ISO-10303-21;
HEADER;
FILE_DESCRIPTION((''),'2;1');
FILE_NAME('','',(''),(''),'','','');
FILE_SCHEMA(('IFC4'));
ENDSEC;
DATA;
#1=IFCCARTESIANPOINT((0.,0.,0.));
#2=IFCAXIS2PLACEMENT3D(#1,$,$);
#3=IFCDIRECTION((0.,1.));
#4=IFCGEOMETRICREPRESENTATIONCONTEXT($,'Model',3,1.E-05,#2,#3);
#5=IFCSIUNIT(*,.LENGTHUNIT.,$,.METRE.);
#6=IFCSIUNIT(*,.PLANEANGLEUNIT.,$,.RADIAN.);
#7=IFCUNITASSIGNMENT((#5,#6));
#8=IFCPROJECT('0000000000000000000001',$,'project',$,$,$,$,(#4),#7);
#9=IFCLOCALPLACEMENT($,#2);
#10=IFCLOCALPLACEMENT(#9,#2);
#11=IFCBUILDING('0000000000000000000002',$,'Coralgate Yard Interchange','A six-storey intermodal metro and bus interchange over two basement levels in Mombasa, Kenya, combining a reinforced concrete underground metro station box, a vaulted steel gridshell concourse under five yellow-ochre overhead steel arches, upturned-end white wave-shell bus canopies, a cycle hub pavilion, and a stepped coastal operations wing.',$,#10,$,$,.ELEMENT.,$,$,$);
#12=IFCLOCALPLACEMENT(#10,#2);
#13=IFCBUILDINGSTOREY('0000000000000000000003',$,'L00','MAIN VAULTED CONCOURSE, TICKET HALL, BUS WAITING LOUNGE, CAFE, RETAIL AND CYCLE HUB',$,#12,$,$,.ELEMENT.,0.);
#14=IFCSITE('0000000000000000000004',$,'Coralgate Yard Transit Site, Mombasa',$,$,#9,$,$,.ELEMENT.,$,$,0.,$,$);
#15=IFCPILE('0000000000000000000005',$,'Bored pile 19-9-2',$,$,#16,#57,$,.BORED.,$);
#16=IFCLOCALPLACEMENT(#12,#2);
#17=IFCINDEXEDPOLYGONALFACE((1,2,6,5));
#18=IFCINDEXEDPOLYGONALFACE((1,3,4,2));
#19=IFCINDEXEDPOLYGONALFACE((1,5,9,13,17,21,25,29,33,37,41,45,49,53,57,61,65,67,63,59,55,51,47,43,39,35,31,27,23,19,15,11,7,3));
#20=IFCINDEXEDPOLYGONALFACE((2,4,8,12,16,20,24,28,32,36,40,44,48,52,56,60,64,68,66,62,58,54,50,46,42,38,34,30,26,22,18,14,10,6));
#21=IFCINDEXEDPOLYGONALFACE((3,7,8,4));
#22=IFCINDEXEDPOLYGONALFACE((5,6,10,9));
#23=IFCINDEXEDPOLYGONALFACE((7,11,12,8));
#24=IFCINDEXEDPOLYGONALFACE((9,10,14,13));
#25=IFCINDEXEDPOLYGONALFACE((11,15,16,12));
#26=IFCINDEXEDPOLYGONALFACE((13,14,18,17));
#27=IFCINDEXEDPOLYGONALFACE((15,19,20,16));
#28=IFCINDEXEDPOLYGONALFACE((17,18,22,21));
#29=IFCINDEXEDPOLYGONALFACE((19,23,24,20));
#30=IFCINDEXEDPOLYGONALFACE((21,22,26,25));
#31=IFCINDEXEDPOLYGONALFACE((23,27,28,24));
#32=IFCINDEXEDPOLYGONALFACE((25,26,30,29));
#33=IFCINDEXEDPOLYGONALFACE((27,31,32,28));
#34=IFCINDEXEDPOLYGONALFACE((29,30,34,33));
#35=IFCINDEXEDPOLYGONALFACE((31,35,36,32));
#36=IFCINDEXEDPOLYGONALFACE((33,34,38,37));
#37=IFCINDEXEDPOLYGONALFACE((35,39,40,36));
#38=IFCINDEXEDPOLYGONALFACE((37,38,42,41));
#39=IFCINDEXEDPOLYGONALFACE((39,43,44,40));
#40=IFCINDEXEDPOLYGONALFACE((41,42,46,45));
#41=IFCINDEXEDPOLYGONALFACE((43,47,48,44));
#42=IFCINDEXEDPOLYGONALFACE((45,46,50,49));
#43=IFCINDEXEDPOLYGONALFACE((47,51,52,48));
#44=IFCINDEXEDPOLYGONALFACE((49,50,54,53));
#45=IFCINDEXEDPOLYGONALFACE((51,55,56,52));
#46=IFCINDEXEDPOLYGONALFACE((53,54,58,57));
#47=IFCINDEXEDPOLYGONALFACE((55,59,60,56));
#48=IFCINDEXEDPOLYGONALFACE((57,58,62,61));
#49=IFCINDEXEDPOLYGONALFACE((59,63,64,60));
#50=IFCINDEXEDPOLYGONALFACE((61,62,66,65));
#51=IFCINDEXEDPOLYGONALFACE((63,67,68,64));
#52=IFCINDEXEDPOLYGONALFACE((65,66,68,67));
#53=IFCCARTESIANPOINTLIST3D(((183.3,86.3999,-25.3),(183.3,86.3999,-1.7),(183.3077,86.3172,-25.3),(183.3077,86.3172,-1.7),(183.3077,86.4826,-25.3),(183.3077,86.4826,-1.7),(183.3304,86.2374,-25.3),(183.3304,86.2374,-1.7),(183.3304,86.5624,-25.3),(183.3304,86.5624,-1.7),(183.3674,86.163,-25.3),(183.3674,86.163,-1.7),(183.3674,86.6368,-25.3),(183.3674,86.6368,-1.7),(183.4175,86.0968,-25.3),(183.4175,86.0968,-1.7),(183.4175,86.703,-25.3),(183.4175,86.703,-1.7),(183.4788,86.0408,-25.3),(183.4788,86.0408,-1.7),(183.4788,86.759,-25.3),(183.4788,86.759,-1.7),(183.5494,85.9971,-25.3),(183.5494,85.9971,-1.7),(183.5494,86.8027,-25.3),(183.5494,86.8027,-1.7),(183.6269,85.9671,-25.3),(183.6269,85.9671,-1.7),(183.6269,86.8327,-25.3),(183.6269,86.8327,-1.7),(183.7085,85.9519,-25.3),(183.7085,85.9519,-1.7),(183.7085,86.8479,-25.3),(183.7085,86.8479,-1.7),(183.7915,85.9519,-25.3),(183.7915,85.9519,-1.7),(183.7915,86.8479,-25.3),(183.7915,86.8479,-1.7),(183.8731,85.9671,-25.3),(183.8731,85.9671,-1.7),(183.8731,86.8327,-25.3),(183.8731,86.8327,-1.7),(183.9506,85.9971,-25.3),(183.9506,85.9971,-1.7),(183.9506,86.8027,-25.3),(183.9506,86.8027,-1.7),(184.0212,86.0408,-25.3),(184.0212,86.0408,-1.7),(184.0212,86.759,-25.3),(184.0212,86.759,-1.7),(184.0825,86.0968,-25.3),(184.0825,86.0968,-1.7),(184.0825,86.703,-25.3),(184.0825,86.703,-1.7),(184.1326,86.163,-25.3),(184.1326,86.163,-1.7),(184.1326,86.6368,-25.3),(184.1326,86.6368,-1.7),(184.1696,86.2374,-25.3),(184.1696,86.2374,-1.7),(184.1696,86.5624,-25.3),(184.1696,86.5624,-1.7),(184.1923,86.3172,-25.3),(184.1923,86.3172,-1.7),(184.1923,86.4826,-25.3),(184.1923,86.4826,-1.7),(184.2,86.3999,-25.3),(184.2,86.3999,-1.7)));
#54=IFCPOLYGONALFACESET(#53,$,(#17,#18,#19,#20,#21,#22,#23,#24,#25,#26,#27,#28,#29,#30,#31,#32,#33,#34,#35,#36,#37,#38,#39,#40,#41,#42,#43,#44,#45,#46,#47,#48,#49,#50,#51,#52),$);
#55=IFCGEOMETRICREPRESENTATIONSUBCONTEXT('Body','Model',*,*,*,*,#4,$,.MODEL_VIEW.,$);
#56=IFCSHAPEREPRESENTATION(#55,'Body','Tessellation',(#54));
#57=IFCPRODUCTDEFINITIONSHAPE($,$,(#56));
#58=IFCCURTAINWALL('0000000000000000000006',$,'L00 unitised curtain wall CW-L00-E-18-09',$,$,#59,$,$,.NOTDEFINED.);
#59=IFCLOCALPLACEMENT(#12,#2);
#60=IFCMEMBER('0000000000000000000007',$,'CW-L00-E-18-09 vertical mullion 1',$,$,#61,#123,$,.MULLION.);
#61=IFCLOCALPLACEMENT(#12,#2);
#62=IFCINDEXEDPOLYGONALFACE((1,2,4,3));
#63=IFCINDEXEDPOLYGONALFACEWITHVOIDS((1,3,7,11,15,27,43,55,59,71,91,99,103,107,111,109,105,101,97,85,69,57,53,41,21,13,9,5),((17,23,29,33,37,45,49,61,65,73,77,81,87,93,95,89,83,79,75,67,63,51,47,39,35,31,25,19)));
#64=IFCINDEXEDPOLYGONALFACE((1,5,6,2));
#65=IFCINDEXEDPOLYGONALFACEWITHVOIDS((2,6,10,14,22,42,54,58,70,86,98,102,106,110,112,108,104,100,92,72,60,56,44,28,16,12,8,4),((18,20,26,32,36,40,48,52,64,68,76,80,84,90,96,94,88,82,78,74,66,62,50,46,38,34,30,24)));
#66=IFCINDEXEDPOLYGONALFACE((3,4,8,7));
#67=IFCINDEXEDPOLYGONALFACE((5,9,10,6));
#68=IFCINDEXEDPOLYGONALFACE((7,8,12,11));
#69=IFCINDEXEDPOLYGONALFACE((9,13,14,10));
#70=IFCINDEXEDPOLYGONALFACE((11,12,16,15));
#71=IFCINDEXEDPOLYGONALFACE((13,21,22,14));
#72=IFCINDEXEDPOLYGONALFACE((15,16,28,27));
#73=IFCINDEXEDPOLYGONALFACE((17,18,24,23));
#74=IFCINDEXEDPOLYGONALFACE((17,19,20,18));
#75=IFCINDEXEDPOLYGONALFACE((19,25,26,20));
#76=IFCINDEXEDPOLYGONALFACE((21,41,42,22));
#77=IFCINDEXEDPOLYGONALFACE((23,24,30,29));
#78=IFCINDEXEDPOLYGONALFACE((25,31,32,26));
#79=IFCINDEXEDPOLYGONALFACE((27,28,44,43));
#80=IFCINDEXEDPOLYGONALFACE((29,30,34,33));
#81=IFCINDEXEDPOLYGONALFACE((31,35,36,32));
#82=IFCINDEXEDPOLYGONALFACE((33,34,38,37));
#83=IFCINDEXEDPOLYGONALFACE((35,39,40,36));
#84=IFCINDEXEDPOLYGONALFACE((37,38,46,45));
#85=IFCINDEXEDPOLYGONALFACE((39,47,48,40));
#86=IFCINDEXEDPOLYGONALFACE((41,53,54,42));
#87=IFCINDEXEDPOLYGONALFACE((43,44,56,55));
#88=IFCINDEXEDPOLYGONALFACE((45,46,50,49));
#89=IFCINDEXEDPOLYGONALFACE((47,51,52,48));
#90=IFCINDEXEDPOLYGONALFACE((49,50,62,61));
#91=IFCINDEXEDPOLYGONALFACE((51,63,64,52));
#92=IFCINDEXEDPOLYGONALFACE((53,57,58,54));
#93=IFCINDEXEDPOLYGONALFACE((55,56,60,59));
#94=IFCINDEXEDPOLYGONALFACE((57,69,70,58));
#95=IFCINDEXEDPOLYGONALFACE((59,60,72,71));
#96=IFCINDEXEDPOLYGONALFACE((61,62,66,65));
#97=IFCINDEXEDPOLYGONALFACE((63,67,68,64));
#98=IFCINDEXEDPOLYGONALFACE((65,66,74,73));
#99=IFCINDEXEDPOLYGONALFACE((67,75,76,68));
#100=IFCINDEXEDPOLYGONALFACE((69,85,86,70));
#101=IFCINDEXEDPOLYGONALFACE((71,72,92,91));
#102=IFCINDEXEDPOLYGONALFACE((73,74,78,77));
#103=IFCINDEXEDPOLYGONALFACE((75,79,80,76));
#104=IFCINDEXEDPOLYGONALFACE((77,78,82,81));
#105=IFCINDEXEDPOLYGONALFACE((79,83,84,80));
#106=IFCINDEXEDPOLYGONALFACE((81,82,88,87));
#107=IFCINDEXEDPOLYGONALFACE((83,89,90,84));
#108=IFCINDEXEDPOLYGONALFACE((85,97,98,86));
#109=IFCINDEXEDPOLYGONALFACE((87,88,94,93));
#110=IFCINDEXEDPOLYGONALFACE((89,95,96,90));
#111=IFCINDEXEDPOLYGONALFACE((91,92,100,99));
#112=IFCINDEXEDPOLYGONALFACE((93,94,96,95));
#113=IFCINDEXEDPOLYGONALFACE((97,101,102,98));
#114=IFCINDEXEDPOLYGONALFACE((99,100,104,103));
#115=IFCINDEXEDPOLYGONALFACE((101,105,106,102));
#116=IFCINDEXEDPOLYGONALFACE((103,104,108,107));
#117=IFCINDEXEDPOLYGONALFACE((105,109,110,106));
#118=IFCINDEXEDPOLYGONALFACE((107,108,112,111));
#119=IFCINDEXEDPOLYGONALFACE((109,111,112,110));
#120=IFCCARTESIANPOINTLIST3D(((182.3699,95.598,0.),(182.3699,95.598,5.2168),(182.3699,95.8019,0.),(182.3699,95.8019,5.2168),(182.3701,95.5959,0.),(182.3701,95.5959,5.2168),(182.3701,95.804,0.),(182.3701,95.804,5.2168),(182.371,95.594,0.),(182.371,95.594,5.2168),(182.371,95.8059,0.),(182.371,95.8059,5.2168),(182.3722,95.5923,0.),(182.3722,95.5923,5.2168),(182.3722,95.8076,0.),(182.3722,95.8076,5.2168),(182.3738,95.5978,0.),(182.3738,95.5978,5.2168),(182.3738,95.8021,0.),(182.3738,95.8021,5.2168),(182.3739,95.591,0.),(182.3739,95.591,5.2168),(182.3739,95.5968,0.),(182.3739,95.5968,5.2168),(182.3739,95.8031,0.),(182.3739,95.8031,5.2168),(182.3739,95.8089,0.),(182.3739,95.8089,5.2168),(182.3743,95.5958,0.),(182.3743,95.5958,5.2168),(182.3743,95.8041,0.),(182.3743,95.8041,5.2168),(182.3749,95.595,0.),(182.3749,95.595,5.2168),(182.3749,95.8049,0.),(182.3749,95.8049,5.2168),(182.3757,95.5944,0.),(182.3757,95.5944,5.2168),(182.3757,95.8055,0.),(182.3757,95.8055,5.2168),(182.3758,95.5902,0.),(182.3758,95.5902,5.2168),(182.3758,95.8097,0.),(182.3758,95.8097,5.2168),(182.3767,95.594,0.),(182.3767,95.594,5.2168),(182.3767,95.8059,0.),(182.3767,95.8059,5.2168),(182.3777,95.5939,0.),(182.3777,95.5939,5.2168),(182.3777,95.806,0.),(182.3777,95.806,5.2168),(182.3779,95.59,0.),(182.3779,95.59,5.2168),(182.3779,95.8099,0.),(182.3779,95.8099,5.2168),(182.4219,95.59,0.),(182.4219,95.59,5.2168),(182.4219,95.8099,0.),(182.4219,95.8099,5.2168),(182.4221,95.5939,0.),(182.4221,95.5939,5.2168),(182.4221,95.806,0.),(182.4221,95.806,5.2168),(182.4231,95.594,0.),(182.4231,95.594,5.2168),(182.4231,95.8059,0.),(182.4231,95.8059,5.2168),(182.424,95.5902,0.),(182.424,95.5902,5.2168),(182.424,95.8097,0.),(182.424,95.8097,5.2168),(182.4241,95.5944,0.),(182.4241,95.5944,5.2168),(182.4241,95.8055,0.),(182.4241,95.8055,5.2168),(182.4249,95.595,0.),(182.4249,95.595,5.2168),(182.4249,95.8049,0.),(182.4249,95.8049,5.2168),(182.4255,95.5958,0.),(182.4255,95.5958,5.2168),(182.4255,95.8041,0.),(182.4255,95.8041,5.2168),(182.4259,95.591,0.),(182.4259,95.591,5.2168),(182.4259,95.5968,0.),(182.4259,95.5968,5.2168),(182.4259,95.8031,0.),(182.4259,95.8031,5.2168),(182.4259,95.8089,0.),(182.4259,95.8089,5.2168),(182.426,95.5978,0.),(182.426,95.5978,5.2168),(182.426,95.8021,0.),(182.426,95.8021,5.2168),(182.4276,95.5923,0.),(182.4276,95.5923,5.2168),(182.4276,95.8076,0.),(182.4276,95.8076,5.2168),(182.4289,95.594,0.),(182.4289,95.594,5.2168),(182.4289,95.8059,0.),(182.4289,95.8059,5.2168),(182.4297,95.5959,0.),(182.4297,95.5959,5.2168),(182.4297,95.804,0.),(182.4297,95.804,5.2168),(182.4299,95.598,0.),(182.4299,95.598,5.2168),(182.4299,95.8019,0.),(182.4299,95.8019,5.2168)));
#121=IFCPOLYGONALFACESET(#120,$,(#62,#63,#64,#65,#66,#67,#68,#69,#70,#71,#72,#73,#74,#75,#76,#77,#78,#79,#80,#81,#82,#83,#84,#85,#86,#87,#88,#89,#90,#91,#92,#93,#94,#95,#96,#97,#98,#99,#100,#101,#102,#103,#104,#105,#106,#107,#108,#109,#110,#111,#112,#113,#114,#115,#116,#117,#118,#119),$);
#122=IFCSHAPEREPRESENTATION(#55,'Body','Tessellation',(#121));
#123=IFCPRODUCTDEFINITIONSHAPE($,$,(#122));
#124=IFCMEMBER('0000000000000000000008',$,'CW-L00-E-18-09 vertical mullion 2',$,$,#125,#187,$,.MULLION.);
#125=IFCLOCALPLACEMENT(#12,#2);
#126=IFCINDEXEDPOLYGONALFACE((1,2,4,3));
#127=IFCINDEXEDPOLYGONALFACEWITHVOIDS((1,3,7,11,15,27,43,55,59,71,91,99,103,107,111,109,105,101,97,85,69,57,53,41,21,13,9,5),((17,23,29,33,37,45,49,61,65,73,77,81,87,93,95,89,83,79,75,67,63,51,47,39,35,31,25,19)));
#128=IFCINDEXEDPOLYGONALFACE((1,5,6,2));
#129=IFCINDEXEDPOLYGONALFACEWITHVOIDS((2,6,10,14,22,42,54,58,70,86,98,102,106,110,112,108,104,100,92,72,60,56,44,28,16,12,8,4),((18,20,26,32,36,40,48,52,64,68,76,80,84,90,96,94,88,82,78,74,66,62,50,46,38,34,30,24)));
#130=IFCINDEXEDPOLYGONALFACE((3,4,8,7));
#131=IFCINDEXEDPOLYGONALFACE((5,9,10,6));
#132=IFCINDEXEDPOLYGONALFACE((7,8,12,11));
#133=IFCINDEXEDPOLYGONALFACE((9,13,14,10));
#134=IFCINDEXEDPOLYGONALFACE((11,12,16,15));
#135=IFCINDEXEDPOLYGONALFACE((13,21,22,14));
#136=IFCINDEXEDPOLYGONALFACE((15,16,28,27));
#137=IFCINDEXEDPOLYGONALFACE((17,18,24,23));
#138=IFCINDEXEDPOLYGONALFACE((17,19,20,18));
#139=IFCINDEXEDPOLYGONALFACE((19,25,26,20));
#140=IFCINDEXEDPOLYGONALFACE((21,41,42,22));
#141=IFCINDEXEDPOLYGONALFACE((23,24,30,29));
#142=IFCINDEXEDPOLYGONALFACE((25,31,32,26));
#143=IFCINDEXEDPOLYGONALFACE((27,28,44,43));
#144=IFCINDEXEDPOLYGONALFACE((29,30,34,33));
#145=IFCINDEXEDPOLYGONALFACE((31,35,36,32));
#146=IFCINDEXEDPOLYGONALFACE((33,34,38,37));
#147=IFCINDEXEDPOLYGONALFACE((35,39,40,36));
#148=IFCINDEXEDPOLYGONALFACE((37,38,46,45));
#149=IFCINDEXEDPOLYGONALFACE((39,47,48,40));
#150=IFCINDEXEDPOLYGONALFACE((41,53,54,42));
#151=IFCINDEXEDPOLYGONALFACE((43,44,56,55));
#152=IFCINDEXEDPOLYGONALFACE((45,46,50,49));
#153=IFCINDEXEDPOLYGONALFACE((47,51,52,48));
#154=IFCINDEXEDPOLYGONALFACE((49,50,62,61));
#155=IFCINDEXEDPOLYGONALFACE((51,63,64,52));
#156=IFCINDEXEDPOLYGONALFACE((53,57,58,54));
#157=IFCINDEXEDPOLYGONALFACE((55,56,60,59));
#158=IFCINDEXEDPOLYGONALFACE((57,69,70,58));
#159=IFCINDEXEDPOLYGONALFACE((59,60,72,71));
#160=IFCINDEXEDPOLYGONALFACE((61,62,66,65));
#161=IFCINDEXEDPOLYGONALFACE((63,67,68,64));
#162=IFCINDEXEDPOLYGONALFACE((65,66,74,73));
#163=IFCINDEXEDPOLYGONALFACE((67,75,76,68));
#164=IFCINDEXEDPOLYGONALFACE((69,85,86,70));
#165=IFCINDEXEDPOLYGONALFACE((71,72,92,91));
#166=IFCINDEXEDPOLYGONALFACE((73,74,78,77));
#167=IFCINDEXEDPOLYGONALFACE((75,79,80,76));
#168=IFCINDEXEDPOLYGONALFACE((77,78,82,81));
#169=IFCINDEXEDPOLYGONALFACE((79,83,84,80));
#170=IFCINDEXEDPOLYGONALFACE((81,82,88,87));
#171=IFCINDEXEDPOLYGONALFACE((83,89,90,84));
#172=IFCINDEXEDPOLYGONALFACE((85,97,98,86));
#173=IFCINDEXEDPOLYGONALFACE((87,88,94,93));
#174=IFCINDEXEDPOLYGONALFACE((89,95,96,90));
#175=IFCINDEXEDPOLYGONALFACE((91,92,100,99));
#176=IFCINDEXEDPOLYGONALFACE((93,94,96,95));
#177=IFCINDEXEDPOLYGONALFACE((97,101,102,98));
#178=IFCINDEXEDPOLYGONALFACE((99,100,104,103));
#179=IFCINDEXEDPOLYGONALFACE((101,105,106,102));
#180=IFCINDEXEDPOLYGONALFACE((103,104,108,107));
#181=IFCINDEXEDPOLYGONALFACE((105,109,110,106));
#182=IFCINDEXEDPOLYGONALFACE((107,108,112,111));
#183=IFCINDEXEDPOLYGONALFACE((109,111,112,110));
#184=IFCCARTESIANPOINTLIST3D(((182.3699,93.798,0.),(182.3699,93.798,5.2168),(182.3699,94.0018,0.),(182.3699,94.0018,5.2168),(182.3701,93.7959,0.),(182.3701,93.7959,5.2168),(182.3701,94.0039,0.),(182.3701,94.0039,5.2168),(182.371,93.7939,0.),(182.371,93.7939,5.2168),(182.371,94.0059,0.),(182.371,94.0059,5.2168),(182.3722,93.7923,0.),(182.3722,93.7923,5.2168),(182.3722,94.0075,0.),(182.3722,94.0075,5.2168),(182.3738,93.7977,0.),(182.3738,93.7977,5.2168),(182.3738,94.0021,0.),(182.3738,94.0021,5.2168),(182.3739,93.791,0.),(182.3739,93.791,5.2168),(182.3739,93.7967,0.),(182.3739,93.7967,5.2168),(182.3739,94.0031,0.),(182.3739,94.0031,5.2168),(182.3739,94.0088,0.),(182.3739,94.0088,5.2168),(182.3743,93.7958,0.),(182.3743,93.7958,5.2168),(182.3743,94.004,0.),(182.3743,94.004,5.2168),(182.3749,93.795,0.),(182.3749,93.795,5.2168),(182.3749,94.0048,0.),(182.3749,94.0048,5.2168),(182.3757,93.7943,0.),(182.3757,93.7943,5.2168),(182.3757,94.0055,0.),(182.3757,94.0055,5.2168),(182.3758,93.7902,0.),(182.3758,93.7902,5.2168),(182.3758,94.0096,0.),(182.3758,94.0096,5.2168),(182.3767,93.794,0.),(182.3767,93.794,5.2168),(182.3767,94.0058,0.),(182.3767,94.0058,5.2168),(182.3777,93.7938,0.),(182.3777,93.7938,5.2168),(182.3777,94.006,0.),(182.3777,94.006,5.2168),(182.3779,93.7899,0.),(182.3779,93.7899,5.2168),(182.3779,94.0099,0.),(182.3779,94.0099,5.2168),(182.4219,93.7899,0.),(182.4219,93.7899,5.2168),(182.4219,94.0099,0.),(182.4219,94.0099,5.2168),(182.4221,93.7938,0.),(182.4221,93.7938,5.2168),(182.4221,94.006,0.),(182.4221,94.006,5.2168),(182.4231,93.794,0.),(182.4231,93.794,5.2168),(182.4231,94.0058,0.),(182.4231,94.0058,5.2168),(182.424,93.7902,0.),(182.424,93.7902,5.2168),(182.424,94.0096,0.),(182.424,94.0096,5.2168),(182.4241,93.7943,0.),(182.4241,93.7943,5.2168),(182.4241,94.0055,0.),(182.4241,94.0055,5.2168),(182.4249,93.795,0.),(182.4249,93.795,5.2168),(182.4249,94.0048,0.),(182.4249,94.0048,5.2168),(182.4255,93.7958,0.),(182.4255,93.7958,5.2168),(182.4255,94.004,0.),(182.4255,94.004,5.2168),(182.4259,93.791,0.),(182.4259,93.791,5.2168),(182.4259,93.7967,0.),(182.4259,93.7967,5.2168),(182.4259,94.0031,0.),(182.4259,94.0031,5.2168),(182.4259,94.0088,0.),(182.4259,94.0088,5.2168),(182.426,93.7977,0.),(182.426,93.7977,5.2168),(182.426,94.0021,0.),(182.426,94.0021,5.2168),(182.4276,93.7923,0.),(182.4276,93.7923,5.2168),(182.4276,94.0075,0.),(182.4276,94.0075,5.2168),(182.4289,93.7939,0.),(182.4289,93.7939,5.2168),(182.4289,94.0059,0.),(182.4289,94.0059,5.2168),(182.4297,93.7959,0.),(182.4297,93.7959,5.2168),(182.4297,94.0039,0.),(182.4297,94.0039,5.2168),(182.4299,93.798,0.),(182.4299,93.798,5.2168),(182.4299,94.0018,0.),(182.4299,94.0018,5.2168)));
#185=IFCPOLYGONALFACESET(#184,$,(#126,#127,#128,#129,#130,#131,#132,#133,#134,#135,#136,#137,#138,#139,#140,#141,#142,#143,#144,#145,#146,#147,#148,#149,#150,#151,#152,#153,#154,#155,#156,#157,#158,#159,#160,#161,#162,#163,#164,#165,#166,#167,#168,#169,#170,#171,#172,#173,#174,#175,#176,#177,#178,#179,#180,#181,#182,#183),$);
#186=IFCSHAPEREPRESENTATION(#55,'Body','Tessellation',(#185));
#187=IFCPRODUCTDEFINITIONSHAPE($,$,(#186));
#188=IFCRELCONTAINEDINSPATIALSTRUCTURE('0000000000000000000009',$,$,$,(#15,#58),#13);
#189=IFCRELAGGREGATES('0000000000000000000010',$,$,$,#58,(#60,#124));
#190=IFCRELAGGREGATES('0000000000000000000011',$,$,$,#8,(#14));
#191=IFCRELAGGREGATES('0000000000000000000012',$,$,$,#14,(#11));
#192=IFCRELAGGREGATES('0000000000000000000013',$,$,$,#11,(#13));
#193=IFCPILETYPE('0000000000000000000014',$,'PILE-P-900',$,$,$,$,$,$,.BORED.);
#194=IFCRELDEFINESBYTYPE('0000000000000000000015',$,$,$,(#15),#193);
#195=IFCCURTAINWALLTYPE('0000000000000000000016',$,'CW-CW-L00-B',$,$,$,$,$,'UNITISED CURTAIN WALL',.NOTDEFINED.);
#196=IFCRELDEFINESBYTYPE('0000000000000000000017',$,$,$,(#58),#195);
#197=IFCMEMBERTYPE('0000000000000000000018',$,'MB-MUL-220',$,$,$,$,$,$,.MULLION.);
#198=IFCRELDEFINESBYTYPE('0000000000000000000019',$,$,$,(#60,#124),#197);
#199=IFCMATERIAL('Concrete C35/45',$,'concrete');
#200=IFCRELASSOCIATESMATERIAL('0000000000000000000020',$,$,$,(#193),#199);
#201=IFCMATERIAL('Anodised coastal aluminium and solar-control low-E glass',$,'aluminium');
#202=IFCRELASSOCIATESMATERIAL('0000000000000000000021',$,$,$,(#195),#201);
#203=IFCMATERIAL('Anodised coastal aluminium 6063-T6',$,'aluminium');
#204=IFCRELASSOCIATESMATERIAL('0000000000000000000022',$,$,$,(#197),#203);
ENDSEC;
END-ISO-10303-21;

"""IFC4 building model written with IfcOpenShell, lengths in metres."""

from ifc_helpers import new_model, si_unit, direction, frame, origin, origin_2d, place, context, subcontext, project, spatial, hollow_rectangle, circle, extrude, material, material_profile, profile_set, type_object, element, aggregate, save


model = new_model("IFC4")

# Units and contexts
model_context = context("Model", 3, precision=1e-05, world=origin(), true_north=direction((0.0, 1.0)))
body_context = subcontext(model_context, "Body", "Model", "MODEL_VIEW")
ifc_project = project(units=[si_unit("LENGTHUNIT", "METRE"), si_unit("PLANEANGLEUNIT", "RADIAN")], contexts=[model_context])

# Site, building, storey
site_placement = place(None, origin())
site = spatial("IfcSite", under=ifc_project, at=site_placement, Name="Coralgate Yard Transit Site, Mombasa", CompositionType="ELEMENT", RefElevation=0.0)
building_placement = place(site_placement, origin())
building = spatial("IfcBuilding", under=site, at=building_placement, Name="Coralgate Yard Interchange", Description="A six-storey intermodal metro and bus interchange over two basement levels in Mombasa, Kenya, combining a reinforced concrete underground metro station box, a vaulted steel gridshell concourse under five yellow-ochre overhead steel arches, upturned-end white wave-shell bus canopies, a cycle hub pavilion, and a stepped coastal operations wing.", CompositionType="ELEMENT")
storey_placement = place(building_placement, origin())
storey = spatial("IfcBuildingStorey", under=building, at=storey_placement, Name="L00", Description="MAIN VAULTED CONCOURSE, TICKET HALL, BUS WAITING LOUNGE, CAFE, RETAIL AND CYCLE HUB", CompositionType="ELEMENT", Elevation=0.0)

# Pile
ifc_material_1 = material(Name="Concrete C35/45", Category="concrete")
ifc_material_profile_1 = material_profile(ifc_material_1, circle(Radius=0.45, at=origin_2d()), Name="BORED PILE D900")
ifc_profile_set_1 = profile_set([ifc_material_profile_1], Name="Concrete C35/45")
pile_type = type_object("IfcPileType", Name="PILE-P-900", PredefinedType="BORED", material=ifc_profile_set_1)
pile_placement = place(storey_placement, frame((183.75, 86.3999, -1.7), z_axis=(0.0, 0.0, -1.0), x_axis=(1.0, 0.0, 0.0)))
element("IfcPile", 1, at=pile_placement, inside=storey, type_object=pile_type, Name="Bored pile 19-9-2", PredefinedType="BORED", context=body_context, shape_type="SweptSolid", body=[
    extrude(circle(Radius=0.45, at=origin_2d()), origin(), (0.0, 0.0, 1.0), 23.6001),
])

# Curtain wall, members
ifc_material_2 = material(Name="Anodised coastal aluminium and solar-control low-E glass", Category="aluminium")
curtain_wall_type = type_object("IfcCurtainWallType", Name="CW-CW-L00-B", ElementType="UNITISED CURTAIN WALL", PredefinedType="NOTDEFINED", material=ifc_material_2)
curtain_wall_placement = place(storey_placement, origin())
curtain_wall = element("IfcCurtainWall", 2, at=curtain_wall_placement, inside=storey, type_object=curtain_wall_type, Name="L00 unitised curtain wall CW-L00-E-18-09", PredefinedType="NOTDEFINED")
ifc_material_3 = material(Name="Anodised coastal aluminium 6063-T6", Category="aluminium")
ifc_material_profile_2 = material_profile(ifc_material_3, hollow_rectangle(XDim=0.0601, YDim=0.22, WallThickness=0.0039, InnerFilletRadius=0.0039, OuterFilletRadius=0.0081, at=origin_2d()), Name="ALU 60x220x4")
ifc_profile_set_2 = profile_set([ifc_material_profile_2], Name="Anodised coastal aluminium 6063-T6")
member_type_1 = type_object("IfcMemberType", Name="MB-MUL-220", PredefinedType="MULLION", material=ifc_profile_set_2)
member_1_placement = place(storey_placement, frame((182.3999, 95.7, 0.0), z_axis=(0.0, 0.0, 1.0), x_axis=(1.0, 0.0, 0.0)))
member_1 = element("IfcMember", 3, at=member_1_placement, type_object=member_type_1, Name="CW-L00-E-18-09 vertical mullion 1", PredefinedType="MULLION", context=body_context, shape_type="SweptSolid", body=[
    extrude(hollow_rectangle(XDim=0.0601, YDim=0.22, WallThickness=0.0039, InnerFilletRadius=0.0039, OuterFilletRadius=0.0081, at=origin_2d()), origin(), (0.0, 0.0, 1.0), 5.2168),
])
member_2_placement = place(storey_placement, frame((182.3999, 93.8999, 0.0), z_axis=(0.0, 0.0, 1.0), x_axis=(1.0, 0.0, 0.0)))
member_2 = element("IfcMember", 4, at=member_2_placement, type_object=member_type_1, Name="CW-L00-E-18-09 vertical mullion 2", PredefinedType="MULLION", context=body_context, shape_type="SweptSolid", body=[
    extrude(hollow_rectangle(XDim=0.0601, YDim=0.22, WallThickness=0.0039, InnerFilletRadius=0.0039, OuterFilletRadius=0.0081, at=origin_2d()), origin(), (0.0, 0.0, 1.0), 5.2168),
])
aggregate(curtain_wall, [member_1, member_2])

save(model, "model.ifc")
